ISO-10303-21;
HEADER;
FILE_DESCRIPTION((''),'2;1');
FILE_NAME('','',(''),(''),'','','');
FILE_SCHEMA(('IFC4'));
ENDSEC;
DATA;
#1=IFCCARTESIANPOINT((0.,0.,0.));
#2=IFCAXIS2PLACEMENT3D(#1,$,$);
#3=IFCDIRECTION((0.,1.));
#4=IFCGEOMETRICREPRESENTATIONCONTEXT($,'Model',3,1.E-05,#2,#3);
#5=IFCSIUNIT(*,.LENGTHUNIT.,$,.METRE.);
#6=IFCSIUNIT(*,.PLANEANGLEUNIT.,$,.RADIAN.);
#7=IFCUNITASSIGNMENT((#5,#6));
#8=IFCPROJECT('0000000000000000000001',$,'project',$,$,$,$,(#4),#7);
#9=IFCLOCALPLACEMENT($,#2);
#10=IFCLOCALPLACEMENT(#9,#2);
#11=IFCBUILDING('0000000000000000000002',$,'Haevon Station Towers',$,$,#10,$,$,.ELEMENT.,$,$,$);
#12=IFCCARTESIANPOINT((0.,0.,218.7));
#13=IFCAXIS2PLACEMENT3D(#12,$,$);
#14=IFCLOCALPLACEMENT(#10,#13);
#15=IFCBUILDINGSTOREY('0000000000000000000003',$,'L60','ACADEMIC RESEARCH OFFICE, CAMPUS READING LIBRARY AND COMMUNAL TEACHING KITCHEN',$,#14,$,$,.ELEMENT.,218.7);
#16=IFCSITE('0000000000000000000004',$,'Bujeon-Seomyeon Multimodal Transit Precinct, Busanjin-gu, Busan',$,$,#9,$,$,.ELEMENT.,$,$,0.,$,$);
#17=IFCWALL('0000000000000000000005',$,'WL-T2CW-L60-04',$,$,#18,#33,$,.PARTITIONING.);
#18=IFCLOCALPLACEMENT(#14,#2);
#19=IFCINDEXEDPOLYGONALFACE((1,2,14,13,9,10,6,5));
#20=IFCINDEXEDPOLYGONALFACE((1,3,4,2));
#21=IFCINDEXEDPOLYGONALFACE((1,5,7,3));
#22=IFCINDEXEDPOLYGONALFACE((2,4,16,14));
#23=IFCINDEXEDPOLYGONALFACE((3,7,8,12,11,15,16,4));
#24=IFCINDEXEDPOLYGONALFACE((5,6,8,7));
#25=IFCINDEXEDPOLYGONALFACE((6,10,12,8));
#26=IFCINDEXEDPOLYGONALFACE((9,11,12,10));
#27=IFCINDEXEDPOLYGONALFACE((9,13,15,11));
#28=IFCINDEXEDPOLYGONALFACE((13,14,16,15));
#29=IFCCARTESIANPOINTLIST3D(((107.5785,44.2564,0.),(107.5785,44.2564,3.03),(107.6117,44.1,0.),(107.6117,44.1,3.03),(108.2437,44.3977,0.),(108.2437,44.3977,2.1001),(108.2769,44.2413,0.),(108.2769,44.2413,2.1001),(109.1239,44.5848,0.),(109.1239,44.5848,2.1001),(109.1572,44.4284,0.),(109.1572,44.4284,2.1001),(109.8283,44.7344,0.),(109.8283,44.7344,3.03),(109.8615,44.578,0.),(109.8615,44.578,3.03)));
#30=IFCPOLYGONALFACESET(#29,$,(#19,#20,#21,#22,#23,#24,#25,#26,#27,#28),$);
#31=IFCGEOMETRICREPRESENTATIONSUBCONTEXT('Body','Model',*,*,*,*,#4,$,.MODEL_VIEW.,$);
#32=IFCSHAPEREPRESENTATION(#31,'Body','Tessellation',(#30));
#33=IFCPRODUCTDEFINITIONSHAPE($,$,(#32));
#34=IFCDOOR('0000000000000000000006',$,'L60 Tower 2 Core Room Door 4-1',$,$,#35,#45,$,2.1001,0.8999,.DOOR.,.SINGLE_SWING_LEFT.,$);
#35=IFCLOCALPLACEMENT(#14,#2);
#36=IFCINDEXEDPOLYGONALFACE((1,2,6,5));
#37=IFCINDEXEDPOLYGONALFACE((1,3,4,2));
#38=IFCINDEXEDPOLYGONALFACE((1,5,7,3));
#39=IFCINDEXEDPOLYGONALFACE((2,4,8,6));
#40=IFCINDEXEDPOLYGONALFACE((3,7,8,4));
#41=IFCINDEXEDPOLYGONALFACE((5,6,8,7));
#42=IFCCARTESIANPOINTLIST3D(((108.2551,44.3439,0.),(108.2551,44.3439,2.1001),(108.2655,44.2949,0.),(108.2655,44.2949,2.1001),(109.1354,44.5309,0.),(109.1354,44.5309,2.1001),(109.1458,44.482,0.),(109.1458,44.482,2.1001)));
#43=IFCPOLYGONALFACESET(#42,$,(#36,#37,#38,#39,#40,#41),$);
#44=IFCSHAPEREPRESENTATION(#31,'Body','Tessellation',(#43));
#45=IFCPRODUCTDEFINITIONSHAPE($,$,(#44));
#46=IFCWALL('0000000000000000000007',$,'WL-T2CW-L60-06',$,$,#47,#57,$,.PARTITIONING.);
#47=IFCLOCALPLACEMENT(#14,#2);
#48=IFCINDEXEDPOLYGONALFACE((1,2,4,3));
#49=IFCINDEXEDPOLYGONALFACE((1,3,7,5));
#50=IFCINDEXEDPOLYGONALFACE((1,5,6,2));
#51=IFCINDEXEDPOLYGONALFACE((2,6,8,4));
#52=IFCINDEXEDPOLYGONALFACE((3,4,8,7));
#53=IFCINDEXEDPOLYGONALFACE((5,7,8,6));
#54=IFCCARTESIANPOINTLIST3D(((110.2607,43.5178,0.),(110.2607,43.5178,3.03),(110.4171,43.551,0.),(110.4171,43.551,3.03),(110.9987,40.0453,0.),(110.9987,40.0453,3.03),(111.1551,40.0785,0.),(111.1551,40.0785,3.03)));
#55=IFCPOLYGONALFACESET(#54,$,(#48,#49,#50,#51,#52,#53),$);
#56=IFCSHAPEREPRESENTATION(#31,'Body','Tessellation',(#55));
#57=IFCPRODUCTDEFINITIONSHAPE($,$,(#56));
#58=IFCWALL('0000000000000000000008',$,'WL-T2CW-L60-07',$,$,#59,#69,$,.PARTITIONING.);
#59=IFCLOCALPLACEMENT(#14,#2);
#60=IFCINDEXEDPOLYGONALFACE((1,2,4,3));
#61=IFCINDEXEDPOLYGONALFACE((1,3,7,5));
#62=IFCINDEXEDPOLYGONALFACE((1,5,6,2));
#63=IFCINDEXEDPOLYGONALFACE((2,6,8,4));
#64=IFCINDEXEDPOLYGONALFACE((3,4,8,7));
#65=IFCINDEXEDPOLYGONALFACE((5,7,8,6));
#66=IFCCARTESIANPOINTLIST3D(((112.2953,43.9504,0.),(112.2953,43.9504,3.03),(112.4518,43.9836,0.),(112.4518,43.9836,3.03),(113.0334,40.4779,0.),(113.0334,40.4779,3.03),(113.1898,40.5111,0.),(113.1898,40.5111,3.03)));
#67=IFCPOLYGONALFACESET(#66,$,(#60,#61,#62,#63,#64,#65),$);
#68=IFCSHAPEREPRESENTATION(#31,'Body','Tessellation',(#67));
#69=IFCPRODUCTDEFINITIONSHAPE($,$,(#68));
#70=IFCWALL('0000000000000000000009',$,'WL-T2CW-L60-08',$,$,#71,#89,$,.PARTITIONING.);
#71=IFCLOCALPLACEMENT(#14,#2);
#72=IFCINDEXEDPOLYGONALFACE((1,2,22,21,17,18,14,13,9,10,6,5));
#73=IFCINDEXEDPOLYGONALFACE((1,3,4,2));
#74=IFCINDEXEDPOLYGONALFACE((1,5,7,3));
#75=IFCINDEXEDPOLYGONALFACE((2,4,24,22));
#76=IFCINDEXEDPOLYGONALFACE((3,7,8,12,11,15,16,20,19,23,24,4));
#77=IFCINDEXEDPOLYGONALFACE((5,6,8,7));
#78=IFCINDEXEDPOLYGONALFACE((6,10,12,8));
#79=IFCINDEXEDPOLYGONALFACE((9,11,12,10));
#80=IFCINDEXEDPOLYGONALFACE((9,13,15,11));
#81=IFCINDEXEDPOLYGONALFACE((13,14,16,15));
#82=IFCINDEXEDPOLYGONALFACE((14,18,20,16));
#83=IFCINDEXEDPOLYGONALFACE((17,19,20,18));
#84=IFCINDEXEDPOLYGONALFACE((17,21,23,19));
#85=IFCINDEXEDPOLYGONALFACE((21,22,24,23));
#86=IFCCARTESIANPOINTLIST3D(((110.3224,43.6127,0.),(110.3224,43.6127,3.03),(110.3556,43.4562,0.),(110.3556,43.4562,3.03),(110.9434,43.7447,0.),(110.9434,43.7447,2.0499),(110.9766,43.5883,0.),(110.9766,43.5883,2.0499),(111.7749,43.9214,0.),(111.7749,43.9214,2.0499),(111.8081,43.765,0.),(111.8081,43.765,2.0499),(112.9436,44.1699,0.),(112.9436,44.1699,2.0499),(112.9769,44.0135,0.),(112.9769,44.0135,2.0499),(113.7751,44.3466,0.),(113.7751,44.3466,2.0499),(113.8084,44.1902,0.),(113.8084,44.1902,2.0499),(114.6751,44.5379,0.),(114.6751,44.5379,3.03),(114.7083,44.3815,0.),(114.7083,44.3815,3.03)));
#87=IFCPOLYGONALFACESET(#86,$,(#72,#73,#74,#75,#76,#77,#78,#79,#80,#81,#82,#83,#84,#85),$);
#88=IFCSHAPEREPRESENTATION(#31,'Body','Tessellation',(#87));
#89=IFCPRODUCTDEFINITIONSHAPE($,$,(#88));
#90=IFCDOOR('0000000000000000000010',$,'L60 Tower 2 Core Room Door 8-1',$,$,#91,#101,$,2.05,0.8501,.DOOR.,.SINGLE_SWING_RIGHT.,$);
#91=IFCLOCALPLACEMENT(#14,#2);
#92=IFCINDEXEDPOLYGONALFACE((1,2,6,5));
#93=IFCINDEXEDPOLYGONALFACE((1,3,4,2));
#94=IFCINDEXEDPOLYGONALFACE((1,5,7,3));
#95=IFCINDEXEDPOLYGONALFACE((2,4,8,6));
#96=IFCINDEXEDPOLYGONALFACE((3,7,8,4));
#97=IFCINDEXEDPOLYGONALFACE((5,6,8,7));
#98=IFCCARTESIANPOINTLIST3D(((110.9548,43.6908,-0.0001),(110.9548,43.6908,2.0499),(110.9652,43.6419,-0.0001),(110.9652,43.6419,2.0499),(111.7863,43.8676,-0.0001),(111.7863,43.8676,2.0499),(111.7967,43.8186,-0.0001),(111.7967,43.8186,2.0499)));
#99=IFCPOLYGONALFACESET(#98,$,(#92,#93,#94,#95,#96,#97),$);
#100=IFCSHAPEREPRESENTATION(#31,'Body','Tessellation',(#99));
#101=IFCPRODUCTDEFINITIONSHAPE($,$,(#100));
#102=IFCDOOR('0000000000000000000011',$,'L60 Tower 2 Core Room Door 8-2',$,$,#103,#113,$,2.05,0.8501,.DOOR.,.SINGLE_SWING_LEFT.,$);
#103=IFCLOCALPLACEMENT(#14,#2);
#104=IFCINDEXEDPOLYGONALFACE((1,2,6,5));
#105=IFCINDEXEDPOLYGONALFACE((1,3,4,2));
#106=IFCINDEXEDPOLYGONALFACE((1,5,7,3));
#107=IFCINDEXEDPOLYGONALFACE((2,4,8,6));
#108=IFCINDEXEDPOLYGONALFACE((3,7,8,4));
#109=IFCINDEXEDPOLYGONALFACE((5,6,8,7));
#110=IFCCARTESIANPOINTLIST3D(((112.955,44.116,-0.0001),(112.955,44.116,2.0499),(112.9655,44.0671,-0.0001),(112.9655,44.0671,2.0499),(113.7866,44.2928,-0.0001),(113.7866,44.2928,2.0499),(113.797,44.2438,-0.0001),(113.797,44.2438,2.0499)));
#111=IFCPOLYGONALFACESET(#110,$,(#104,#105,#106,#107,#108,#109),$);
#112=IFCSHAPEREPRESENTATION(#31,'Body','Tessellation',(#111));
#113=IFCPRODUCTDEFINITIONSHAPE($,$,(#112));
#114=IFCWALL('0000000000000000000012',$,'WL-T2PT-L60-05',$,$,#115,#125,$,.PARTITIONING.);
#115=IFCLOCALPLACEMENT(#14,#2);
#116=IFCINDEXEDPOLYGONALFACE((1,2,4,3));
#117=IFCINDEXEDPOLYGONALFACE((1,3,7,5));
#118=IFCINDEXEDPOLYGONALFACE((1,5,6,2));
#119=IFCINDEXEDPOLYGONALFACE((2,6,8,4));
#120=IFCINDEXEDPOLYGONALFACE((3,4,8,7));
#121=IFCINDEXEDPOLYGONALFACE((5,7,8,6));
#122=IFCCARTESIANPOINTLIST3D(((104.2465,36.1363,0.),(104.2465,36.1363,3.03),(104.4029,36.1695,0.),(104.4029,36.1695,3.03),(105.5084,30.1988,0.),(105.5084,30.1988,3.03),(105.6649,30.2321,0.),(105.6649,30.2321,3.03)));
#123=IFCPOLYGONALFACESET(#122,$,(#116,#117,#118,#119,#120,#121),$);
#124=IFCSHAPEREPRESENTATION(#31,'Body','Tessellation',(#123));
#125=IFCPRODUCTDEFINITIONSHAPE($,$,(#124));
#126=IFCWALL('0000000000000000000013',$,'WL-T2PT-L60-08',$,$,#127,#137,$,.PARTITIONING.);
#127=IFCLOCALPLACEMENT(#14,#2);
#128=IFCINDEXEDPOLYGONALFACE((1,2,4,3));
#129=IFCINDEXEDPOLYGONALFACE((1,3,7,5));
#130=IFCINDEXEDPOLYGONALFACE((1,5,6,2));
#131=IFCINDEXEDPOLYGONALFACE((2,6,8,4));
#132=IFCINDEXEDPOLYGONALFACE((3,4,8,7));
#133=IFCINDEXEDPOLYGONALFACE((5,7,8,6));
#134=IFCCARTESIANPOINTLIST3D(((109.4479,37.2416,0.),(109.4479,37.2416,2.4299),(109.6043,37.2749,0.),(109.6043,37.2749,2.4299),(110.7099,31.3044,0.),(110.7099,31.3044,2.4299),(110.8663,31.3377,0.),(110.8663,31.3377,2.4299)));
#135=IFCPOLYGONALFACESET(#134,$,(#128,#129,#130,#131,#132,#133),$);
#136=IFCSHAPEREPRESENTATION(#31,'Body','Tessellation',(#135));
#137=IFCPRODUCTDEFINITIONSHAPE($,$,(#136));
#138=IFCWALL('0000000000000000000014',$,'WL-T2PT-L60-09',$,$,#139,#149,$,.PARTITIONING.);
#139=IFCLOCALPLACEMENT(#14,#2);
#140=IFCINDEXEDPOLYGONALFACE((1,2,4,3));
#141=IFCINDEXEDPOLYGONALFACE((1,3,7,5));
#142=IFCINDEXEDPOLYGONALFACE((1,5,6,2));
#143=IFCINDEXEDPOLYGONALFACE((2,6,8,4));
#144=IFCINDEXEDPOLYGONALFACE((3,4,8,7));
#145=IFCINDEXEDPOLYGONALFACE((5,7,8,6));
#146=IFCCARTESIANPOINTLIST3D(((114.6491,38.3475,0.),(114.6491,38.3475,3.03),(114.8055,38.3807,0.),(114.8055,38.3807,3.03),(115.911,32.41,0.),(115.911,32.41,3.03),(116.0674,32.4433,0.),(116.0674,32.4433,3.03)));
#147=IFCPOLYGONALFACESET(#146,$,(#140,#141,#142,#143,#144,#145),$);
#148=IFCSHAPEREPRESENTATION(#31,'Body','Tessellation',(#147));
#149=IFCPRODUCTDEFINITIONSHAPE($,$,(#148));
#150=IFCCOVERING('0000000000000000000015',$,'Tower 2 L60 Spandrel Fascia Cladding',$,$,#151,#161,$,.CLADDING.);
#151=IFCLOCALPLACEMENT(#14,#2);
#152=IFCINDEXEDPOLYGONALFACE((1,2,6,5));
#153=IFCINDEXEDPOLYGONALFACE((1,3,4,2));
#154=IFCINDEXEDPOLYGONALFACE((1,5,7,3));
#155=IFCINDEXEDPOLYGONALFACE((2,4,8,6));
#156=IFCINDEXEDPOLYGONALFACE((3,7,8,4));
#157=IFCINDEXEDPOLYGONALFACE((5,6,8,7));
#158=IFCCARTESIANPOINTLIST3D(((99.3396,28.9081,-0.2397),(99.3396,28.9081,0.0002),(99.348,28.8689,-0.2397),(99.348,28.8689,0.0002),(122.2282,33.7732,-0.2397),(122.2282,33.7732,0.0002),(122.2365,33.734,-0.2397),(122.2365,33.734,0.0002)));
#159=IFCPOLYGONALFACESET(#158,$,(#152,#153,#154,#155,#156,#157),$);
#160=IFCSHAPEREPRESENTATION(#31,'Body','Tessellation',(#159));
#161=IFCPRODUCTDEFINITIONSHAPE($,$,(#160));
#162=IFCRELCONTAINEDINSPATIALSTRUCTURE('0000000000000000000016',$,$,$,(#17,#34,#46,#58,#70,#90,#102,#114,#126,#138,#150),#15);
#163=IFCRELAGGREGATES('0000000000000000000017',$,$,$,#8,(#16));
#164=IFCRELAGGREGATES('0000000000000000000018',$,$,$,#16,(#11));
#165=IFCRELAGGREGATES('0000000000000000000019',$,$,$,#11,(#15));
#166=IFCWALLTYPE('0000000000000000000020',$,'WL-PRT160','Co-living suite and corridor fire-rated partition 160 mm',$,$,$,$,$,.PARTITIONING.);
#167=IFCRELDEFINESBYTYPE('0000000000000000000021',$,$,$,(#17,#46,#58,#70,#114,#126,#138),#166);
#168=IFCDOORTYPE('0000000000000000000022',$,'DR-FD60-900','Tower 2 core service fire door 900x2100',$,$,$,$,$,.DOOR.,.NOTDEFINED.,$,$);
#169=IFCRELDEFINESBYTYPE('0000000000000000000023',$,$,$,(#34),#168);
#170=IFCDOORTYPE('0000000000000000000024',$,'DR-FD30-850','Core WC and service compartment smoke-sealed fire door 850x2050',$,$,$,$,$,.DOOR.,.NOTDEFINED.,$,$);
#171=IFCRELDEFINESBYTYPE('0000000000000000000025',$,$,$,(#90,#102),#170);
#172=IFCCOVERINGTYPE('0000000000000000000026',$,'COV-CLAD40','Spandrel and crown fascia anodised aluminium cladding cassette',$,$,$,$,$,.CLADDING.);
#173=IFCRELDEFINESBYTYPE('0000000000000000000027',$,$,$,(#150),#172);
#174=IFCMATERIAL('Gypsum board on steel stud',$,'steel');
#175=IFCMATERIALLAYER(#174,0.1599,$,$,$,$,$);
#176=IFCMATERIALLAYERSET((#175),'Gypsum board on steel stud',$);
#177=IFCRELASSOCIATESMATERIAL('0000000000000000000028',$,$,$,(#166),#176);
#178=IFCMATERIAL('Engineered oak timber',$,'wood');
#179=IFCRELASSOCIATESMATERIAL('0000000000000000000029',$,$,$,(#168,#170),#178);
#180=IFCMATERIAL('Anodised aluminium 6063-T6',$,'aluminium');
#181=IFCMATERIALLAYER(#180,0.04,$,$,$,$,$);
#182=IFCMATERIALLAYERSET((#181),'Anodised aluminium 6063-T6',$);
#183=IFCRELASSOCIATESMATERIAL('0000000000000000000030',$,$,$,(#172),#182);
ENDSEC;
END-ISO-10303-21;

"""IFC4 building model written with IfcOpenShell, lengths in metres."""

from ifc_helpers import new_model, si_unit, direction, frame, frame_2d, origin, origin_2d, place, context, subcontext, project, spatial, rectangle, extrude, material, layer, layer_set, type_object, element, fill, save


model = new_model("IFC4")

# Units and contexts
model_context = context("Model", 3, precision=1e-05, world=origin(), true_north=direction((0.0, 1.0)))
body_context = subcontext(model_context, "Body", "Model", "MODEL_VIEW")
ifc_project = project(units=[si_unit("LENGTHUNIT", "METRE"), si_unit("PLANEANGLEUNIT", "RADIAN")], contexts=[model_context])

# Site, building, storey
site_placement = place(None, origin())
site = spatial("IfcSite", under=ifc_project, at=site_placement, Name="Bujeon-Seomyeon Multimodal Transit Precinct, Busanjin-gu, Busan", CompositionType="ELEMENT", RefElevation=0.0)
building_placement = place(site_placement, origin())
building = spatial("IfcBuilding", under=site, at=building_placement, Name="Haevon Station Towers", CompositionType="ELEMENT")
storey_placement = place(building_placement, frame((0.0, 0.0, 218.7)))
storey = spatial("IfcBuildingStorey", under=building, at=storey_placement, Name="L60", Description="ACADEMIC RESEARCH OFFICE, CAMPUS READING LIBRARY AND COMMUNAL TEACHING KITCHEN", CompositionType="ELEMENT", Elevation=218.7)

# Shared definitions
ifc_material_1 = material(Name="Gypsum board on steel stud", Category="steel")
ifc_material_2 = material(Name="Engineered oak timber", Category="wood")

# Shared definitions
ifc_layer_1 = layer(ifc_material_1, 0.1599)
ifc_layer_set_1 = layer_set([ifc_layer_1], Name="Gypsum board on steel stud")
wall_type_1 = type_object("IfcWallType", Name="WL-PRT160", Description="Co-living suite and corridor fire-rated partition 160 mm", PredefinedType="PARTITIONING", material=ifc_layer_set_1)
door_type_1 = type_object("IfcDoorType", Name="DR-FD60-900", Description="Tower 2 core service fire door 900x2100", OperationType="NOTDEFINED", PredefinedType="DOOR", material=ifc_material_2)

# Wall, opening, door
wall_1_placement = place(storey_placement, frame((107.5952, 44.1782, 0.0), z_axis=(0.0, 0.0, 1.0), x_axis=(0.978163, 0.20784, 0.0)))
wall_1 = element("IfcWall", 1, at=wall_1_placement, inside=storey, type_object=wall_type_1, Name="WL-T2CW-L60-04", PredefinedType="PARTITIONING", context=body_context, shape_type="SweptSolid", body=[
    extrude(rectangle(XDim=2.3, YDim=0.1599, at=frame_2d((1.1499, 0.0))), origin(), (0.0, 0.0, 1.0), 3.03),
])
opening_1_placement = place(wall_1_placement, frame((0.6799, 0.0, 0.0)))
opening_1 = element("IfcOpeningElement", 2, at=opening_1_placement, cuts=wall_1, PredefinedType="OPENING", context=body_context, shape_type="SweptSolid", body=[
    extrude(rectangle(XDim=0.8999, YDim=2.1001, at=frame_2d((0.45, 1.05))), frame((0.0, 0.0898, 0.0), z_axis=(0.0, -1.0, 0.0), x_axis=(1.0, 0.0, 0.0)), (0.0, 0.0, 1.0), 0.1799),
])
door_1_placement = place(opening_1_placement, origin())
door_1 = element("IfcDoor", 3, at=door_1_placement, inside=storey, type_object=door_type_1, Name="L60 Tower 2 Core Room Door 4-1", OperationType="SINGLE_SWING_LEFT", OverallHeight=2.1001, OverallWidth=0.8999, PredefinedType="DOOR", context=body_context, shape_type="SweptSolid", body=[
    extrude(rectangle(XDim=0.8999, YDim=2.1001, at=frame_2d((0.45, 1.05))), frame((0.0, 0.0249, 0.0), z_axis=(0.0, -1.0, 0.0), x_axis=(1.0, 0.0, 0.0)), (0.0, 0.0, 1.0), 0.05),
])
fill(opening_1, door_1)

# Walls
for number, where, z_axis, x_axis, name in (
    (4, (111.0769, 40.062, 0.0), (0.0, 0.0, 1.0), (-0.207899, 0.97815, 0.0), "WL-T2CW-L60-06"),
    (5, (113.1116, 40.4946, 0.0), (0.0, 0.0, 1.0), (-0.207899, 0.97815, 0.0), "WL-T2CW-L60-07"),
):
    element("IfcWall", number, at=place(storey_placement, frame(where, z_axis=z_axis, x_axis=x_axis)), inside=storey, type_object=wall_type_1, Name=name, PredefinedType="PARTITIONING", context=body_context, shape_type="SweptSolid", body=[
        extrude(rectangle(XDim=3.55, YDim=0.1599, at=frame_2d((1.7749, 0.0))), origin(), (0.0, 0.0, 1.0), 3.03),
    ])

# Wall, openings, doors
wall_2_placement = place(storey_placement, frame((110.3389, 43.5344, 0.0), z_axis=(0.0, 0.0, 1.0), x_axis=(0.978144, 0.207929, 0.0)))
wall_2 = element("IfcWall", 6, at=wall_2_placement, inside=storey, type_object=wall_type_1, Name="WL-T2CW-L60-08", PredefinedType="PARTITIONING", context=body_context, shape_type="SweptSolid", body=[
    extrude(rectangle(XDim=4.45, YDim=0.1599, at=frame_2d((2.2251, 0.0))), origin(), (0.0, 0.0, 1.0), 3.03),
])
opening_2_placement = place(wall_2_placement, frame((0.635, 0.0, 0.0)))
opening_2 = element("IfcOpeningElement", 7, at=opening_2_placement, cuts=wall_2, PredefinedType="OPENING", context=body_context, shape_type="SweptSolid", body=[
    extrude(rectangle(XDim=0.8501, YDim=2.05, at=frame_2d((0.425, 1.0249))), frame((0.0, 0.0898, 0.0), z_axis=(0.0, -1.0, 0.0), x_axis=(1.0, 0.0, 0.0)), (0.0, 0.0, 1.0), 0.1799),
])
opening_3_placement = place(wall_2_placement, frame((2.6799, 0.0, 0.0)))
opening_3 = element("IfcOpeningElement", 8, at=opening_3_placement, cuts=wall_2, PredefinedType="OPENING", context=body_context, shape_type="SweptSolid", body=[
    extrude(rectangle(XDim=0.8501, YDim=2.05, at=frame_2d((0.425, 1.0249))), frame((0.0, 0.0898, 0.0), z_axis=(0.0, -1.0, 0.0), x_axis=(1.0, 0.0, 0.0)), (0.0, 0.0, 1.0), 0.1799),
])
door_type_2 = type_object("IfcDoorType", Name="DR-FD30-850", Description="Core WC and service compartment smoke-sealed fire door 850x2050", OperationType="NOTDEFINED", PredefinedType="DOOR", material=ifc_material_2)
door_2_placement = place(opening_2_placement, origin())
door_2 = element("IfcDoor", 9, at=door_2_placement, inside=storey, type_object=door_type_2, Name="L60 Tower 2 Core Room Door 8-1", OperationType="SINGLE_SWING_RIGHT", OverallHeight=2.05, OverallWidth=0.8501, PredefinedType="DOOR", context=body_context, shape_type="SweptSolid", body=[
    extrude(rectangle(XDim=0.8501, YDim=2.05, at=frame_2d((0.425, 1.0249))), frame((0.0, 0.0249, 0.0), z_axis=(0.0, -1.0, 0.0), x_axis=(1.0, 0.0, 0.0)), (0.0, 0.0, 1.0), 0.05),
])
fill(opening_2, door_2)
door_3_placement = place(opening_3_placement, origin())
door_3 = element("IfcDoor", 10, at=door_3_placement, inside=storey, type_object=door_type_2, Name="L60 Tower 2 Core Room Door 8-2", OperationType="SINGLE_SWING_LEFT", OverallHeight=2.05, OverallWidth=0.8501, PredefinedType="DOOR", context=body_context, shape_type="SweptSolid", body=[
    extrude(rectangle(XDim=0.8501, YDim=2.05, at=frame_2d((0.425, 1.0249))), frame((0.0, 0.0249, 0.0), z_axis=(0.0, -1.0, 0.0), x_axis=(1.0, 0.0, 0.0)), (0.0, 0.0, 1.0), 0.05),
])
fill(opening_3, door_3)

# Walls
wall_3_placement = place(storey_placement, frame((105.5867, 30.2153, 0.0), z_axis=(0.0, 0.0, 1.0), x_axis=(-0.207897, 0.978151, 0.0)))
element("IfcWall", 11, at=wall_3_placement, inside=storey, type_object=wall_type_1, Name="WL-T2PT-L60-05", PredefinedType="PARTITIONING", context=body_context, shape_type="SweptSolid", body=[
    extrude(rectangle(XDim=6.0701, YDim=0.1599, at=frame_2d((3.0352, 0.0))), origin(), (0.0, 0.0, 1.0), 3.03),
])
wall_4_placement = place(storey_placement, frame((110.7881, 31.321, 0.0), z_axis=(0.0, 0.0, 1.0), x_axis=(-0.207905, 0.978149, 0.0)))
element("IfcWall", 12, at=wall_4_placement, inside=storey, type_object=wall_type_1, Name="WL-T2PT-L60-08", PredefinedType="PARTITIONING", context=body_context, shape_type="SweptSolid", body=[
    extrude(rectangle(XDim=6.0698, YDim=0.1599, at=frame_2d((3.0349, 0.0))), origin(), (0.0, 0.0, 1.0), 2.4299),
])
wall_5_placement = place(storey_placement, frame((115.9893, 32.4265, 0.0), z_axis=(0.0, 0.0, 1.0), x_axis=(-0.207897, 0.978151, 0.0)))
element("IfcWall", 13, at=wall_5_placement, inside=storey, type_object=wall_type_1, Name="WL-T2PT-L60-09", PredefinedType="PARTITIONING", context=body_context, shape_type="SweptSolid", body=[
    extrude(rectangle(XDim=6.0701, YDim=0.1599, at=frame_2d((3.0352, 0.0))), origin(), (0.0, 0.0, 1.0), 3.03),
])

# Covering
ifc_material_3 = material(Name="Anodised aluminium 6063-T6", Category="aluminium")
ifc_layer_2 = layer(ifc_material_3, 0.04)
ifc_layer_set_2 = layer_set([ifc_layer_2], Name="Anodised aluminium 6063-T6")
covering_type_1 = type_object("IfcCoveringType", Name="COV-CLAD40", Description="Spandrel and crown fascia anodised aluminium cladding cassette", PredefinedType="CLADDING", material=ifc_layer_set_2)
covering_1_placement = place(storey_placement, frame((110.7881, 31.321, -0.2397), z_axis=(0.0, 0.0, 1.0), x_axis=(0.978148, 0.207912, 0.0)))
element("IfcCovering", 14, at=covering_1_placement, inside=storey, type_object=covering_type_1, Name="Tower 2 L60 Spandrel Fascia Cladding", PredefinedType="CLADDING", context=body_context, shape_type="SweptSolid", body=[
    extrude(rectangle(XDim=23.3999, YDim=0.04, at=origin_2d()), origin(), (0.0, 0.0, 1.0), 0.24),
])

save(model, "model.ifc")
